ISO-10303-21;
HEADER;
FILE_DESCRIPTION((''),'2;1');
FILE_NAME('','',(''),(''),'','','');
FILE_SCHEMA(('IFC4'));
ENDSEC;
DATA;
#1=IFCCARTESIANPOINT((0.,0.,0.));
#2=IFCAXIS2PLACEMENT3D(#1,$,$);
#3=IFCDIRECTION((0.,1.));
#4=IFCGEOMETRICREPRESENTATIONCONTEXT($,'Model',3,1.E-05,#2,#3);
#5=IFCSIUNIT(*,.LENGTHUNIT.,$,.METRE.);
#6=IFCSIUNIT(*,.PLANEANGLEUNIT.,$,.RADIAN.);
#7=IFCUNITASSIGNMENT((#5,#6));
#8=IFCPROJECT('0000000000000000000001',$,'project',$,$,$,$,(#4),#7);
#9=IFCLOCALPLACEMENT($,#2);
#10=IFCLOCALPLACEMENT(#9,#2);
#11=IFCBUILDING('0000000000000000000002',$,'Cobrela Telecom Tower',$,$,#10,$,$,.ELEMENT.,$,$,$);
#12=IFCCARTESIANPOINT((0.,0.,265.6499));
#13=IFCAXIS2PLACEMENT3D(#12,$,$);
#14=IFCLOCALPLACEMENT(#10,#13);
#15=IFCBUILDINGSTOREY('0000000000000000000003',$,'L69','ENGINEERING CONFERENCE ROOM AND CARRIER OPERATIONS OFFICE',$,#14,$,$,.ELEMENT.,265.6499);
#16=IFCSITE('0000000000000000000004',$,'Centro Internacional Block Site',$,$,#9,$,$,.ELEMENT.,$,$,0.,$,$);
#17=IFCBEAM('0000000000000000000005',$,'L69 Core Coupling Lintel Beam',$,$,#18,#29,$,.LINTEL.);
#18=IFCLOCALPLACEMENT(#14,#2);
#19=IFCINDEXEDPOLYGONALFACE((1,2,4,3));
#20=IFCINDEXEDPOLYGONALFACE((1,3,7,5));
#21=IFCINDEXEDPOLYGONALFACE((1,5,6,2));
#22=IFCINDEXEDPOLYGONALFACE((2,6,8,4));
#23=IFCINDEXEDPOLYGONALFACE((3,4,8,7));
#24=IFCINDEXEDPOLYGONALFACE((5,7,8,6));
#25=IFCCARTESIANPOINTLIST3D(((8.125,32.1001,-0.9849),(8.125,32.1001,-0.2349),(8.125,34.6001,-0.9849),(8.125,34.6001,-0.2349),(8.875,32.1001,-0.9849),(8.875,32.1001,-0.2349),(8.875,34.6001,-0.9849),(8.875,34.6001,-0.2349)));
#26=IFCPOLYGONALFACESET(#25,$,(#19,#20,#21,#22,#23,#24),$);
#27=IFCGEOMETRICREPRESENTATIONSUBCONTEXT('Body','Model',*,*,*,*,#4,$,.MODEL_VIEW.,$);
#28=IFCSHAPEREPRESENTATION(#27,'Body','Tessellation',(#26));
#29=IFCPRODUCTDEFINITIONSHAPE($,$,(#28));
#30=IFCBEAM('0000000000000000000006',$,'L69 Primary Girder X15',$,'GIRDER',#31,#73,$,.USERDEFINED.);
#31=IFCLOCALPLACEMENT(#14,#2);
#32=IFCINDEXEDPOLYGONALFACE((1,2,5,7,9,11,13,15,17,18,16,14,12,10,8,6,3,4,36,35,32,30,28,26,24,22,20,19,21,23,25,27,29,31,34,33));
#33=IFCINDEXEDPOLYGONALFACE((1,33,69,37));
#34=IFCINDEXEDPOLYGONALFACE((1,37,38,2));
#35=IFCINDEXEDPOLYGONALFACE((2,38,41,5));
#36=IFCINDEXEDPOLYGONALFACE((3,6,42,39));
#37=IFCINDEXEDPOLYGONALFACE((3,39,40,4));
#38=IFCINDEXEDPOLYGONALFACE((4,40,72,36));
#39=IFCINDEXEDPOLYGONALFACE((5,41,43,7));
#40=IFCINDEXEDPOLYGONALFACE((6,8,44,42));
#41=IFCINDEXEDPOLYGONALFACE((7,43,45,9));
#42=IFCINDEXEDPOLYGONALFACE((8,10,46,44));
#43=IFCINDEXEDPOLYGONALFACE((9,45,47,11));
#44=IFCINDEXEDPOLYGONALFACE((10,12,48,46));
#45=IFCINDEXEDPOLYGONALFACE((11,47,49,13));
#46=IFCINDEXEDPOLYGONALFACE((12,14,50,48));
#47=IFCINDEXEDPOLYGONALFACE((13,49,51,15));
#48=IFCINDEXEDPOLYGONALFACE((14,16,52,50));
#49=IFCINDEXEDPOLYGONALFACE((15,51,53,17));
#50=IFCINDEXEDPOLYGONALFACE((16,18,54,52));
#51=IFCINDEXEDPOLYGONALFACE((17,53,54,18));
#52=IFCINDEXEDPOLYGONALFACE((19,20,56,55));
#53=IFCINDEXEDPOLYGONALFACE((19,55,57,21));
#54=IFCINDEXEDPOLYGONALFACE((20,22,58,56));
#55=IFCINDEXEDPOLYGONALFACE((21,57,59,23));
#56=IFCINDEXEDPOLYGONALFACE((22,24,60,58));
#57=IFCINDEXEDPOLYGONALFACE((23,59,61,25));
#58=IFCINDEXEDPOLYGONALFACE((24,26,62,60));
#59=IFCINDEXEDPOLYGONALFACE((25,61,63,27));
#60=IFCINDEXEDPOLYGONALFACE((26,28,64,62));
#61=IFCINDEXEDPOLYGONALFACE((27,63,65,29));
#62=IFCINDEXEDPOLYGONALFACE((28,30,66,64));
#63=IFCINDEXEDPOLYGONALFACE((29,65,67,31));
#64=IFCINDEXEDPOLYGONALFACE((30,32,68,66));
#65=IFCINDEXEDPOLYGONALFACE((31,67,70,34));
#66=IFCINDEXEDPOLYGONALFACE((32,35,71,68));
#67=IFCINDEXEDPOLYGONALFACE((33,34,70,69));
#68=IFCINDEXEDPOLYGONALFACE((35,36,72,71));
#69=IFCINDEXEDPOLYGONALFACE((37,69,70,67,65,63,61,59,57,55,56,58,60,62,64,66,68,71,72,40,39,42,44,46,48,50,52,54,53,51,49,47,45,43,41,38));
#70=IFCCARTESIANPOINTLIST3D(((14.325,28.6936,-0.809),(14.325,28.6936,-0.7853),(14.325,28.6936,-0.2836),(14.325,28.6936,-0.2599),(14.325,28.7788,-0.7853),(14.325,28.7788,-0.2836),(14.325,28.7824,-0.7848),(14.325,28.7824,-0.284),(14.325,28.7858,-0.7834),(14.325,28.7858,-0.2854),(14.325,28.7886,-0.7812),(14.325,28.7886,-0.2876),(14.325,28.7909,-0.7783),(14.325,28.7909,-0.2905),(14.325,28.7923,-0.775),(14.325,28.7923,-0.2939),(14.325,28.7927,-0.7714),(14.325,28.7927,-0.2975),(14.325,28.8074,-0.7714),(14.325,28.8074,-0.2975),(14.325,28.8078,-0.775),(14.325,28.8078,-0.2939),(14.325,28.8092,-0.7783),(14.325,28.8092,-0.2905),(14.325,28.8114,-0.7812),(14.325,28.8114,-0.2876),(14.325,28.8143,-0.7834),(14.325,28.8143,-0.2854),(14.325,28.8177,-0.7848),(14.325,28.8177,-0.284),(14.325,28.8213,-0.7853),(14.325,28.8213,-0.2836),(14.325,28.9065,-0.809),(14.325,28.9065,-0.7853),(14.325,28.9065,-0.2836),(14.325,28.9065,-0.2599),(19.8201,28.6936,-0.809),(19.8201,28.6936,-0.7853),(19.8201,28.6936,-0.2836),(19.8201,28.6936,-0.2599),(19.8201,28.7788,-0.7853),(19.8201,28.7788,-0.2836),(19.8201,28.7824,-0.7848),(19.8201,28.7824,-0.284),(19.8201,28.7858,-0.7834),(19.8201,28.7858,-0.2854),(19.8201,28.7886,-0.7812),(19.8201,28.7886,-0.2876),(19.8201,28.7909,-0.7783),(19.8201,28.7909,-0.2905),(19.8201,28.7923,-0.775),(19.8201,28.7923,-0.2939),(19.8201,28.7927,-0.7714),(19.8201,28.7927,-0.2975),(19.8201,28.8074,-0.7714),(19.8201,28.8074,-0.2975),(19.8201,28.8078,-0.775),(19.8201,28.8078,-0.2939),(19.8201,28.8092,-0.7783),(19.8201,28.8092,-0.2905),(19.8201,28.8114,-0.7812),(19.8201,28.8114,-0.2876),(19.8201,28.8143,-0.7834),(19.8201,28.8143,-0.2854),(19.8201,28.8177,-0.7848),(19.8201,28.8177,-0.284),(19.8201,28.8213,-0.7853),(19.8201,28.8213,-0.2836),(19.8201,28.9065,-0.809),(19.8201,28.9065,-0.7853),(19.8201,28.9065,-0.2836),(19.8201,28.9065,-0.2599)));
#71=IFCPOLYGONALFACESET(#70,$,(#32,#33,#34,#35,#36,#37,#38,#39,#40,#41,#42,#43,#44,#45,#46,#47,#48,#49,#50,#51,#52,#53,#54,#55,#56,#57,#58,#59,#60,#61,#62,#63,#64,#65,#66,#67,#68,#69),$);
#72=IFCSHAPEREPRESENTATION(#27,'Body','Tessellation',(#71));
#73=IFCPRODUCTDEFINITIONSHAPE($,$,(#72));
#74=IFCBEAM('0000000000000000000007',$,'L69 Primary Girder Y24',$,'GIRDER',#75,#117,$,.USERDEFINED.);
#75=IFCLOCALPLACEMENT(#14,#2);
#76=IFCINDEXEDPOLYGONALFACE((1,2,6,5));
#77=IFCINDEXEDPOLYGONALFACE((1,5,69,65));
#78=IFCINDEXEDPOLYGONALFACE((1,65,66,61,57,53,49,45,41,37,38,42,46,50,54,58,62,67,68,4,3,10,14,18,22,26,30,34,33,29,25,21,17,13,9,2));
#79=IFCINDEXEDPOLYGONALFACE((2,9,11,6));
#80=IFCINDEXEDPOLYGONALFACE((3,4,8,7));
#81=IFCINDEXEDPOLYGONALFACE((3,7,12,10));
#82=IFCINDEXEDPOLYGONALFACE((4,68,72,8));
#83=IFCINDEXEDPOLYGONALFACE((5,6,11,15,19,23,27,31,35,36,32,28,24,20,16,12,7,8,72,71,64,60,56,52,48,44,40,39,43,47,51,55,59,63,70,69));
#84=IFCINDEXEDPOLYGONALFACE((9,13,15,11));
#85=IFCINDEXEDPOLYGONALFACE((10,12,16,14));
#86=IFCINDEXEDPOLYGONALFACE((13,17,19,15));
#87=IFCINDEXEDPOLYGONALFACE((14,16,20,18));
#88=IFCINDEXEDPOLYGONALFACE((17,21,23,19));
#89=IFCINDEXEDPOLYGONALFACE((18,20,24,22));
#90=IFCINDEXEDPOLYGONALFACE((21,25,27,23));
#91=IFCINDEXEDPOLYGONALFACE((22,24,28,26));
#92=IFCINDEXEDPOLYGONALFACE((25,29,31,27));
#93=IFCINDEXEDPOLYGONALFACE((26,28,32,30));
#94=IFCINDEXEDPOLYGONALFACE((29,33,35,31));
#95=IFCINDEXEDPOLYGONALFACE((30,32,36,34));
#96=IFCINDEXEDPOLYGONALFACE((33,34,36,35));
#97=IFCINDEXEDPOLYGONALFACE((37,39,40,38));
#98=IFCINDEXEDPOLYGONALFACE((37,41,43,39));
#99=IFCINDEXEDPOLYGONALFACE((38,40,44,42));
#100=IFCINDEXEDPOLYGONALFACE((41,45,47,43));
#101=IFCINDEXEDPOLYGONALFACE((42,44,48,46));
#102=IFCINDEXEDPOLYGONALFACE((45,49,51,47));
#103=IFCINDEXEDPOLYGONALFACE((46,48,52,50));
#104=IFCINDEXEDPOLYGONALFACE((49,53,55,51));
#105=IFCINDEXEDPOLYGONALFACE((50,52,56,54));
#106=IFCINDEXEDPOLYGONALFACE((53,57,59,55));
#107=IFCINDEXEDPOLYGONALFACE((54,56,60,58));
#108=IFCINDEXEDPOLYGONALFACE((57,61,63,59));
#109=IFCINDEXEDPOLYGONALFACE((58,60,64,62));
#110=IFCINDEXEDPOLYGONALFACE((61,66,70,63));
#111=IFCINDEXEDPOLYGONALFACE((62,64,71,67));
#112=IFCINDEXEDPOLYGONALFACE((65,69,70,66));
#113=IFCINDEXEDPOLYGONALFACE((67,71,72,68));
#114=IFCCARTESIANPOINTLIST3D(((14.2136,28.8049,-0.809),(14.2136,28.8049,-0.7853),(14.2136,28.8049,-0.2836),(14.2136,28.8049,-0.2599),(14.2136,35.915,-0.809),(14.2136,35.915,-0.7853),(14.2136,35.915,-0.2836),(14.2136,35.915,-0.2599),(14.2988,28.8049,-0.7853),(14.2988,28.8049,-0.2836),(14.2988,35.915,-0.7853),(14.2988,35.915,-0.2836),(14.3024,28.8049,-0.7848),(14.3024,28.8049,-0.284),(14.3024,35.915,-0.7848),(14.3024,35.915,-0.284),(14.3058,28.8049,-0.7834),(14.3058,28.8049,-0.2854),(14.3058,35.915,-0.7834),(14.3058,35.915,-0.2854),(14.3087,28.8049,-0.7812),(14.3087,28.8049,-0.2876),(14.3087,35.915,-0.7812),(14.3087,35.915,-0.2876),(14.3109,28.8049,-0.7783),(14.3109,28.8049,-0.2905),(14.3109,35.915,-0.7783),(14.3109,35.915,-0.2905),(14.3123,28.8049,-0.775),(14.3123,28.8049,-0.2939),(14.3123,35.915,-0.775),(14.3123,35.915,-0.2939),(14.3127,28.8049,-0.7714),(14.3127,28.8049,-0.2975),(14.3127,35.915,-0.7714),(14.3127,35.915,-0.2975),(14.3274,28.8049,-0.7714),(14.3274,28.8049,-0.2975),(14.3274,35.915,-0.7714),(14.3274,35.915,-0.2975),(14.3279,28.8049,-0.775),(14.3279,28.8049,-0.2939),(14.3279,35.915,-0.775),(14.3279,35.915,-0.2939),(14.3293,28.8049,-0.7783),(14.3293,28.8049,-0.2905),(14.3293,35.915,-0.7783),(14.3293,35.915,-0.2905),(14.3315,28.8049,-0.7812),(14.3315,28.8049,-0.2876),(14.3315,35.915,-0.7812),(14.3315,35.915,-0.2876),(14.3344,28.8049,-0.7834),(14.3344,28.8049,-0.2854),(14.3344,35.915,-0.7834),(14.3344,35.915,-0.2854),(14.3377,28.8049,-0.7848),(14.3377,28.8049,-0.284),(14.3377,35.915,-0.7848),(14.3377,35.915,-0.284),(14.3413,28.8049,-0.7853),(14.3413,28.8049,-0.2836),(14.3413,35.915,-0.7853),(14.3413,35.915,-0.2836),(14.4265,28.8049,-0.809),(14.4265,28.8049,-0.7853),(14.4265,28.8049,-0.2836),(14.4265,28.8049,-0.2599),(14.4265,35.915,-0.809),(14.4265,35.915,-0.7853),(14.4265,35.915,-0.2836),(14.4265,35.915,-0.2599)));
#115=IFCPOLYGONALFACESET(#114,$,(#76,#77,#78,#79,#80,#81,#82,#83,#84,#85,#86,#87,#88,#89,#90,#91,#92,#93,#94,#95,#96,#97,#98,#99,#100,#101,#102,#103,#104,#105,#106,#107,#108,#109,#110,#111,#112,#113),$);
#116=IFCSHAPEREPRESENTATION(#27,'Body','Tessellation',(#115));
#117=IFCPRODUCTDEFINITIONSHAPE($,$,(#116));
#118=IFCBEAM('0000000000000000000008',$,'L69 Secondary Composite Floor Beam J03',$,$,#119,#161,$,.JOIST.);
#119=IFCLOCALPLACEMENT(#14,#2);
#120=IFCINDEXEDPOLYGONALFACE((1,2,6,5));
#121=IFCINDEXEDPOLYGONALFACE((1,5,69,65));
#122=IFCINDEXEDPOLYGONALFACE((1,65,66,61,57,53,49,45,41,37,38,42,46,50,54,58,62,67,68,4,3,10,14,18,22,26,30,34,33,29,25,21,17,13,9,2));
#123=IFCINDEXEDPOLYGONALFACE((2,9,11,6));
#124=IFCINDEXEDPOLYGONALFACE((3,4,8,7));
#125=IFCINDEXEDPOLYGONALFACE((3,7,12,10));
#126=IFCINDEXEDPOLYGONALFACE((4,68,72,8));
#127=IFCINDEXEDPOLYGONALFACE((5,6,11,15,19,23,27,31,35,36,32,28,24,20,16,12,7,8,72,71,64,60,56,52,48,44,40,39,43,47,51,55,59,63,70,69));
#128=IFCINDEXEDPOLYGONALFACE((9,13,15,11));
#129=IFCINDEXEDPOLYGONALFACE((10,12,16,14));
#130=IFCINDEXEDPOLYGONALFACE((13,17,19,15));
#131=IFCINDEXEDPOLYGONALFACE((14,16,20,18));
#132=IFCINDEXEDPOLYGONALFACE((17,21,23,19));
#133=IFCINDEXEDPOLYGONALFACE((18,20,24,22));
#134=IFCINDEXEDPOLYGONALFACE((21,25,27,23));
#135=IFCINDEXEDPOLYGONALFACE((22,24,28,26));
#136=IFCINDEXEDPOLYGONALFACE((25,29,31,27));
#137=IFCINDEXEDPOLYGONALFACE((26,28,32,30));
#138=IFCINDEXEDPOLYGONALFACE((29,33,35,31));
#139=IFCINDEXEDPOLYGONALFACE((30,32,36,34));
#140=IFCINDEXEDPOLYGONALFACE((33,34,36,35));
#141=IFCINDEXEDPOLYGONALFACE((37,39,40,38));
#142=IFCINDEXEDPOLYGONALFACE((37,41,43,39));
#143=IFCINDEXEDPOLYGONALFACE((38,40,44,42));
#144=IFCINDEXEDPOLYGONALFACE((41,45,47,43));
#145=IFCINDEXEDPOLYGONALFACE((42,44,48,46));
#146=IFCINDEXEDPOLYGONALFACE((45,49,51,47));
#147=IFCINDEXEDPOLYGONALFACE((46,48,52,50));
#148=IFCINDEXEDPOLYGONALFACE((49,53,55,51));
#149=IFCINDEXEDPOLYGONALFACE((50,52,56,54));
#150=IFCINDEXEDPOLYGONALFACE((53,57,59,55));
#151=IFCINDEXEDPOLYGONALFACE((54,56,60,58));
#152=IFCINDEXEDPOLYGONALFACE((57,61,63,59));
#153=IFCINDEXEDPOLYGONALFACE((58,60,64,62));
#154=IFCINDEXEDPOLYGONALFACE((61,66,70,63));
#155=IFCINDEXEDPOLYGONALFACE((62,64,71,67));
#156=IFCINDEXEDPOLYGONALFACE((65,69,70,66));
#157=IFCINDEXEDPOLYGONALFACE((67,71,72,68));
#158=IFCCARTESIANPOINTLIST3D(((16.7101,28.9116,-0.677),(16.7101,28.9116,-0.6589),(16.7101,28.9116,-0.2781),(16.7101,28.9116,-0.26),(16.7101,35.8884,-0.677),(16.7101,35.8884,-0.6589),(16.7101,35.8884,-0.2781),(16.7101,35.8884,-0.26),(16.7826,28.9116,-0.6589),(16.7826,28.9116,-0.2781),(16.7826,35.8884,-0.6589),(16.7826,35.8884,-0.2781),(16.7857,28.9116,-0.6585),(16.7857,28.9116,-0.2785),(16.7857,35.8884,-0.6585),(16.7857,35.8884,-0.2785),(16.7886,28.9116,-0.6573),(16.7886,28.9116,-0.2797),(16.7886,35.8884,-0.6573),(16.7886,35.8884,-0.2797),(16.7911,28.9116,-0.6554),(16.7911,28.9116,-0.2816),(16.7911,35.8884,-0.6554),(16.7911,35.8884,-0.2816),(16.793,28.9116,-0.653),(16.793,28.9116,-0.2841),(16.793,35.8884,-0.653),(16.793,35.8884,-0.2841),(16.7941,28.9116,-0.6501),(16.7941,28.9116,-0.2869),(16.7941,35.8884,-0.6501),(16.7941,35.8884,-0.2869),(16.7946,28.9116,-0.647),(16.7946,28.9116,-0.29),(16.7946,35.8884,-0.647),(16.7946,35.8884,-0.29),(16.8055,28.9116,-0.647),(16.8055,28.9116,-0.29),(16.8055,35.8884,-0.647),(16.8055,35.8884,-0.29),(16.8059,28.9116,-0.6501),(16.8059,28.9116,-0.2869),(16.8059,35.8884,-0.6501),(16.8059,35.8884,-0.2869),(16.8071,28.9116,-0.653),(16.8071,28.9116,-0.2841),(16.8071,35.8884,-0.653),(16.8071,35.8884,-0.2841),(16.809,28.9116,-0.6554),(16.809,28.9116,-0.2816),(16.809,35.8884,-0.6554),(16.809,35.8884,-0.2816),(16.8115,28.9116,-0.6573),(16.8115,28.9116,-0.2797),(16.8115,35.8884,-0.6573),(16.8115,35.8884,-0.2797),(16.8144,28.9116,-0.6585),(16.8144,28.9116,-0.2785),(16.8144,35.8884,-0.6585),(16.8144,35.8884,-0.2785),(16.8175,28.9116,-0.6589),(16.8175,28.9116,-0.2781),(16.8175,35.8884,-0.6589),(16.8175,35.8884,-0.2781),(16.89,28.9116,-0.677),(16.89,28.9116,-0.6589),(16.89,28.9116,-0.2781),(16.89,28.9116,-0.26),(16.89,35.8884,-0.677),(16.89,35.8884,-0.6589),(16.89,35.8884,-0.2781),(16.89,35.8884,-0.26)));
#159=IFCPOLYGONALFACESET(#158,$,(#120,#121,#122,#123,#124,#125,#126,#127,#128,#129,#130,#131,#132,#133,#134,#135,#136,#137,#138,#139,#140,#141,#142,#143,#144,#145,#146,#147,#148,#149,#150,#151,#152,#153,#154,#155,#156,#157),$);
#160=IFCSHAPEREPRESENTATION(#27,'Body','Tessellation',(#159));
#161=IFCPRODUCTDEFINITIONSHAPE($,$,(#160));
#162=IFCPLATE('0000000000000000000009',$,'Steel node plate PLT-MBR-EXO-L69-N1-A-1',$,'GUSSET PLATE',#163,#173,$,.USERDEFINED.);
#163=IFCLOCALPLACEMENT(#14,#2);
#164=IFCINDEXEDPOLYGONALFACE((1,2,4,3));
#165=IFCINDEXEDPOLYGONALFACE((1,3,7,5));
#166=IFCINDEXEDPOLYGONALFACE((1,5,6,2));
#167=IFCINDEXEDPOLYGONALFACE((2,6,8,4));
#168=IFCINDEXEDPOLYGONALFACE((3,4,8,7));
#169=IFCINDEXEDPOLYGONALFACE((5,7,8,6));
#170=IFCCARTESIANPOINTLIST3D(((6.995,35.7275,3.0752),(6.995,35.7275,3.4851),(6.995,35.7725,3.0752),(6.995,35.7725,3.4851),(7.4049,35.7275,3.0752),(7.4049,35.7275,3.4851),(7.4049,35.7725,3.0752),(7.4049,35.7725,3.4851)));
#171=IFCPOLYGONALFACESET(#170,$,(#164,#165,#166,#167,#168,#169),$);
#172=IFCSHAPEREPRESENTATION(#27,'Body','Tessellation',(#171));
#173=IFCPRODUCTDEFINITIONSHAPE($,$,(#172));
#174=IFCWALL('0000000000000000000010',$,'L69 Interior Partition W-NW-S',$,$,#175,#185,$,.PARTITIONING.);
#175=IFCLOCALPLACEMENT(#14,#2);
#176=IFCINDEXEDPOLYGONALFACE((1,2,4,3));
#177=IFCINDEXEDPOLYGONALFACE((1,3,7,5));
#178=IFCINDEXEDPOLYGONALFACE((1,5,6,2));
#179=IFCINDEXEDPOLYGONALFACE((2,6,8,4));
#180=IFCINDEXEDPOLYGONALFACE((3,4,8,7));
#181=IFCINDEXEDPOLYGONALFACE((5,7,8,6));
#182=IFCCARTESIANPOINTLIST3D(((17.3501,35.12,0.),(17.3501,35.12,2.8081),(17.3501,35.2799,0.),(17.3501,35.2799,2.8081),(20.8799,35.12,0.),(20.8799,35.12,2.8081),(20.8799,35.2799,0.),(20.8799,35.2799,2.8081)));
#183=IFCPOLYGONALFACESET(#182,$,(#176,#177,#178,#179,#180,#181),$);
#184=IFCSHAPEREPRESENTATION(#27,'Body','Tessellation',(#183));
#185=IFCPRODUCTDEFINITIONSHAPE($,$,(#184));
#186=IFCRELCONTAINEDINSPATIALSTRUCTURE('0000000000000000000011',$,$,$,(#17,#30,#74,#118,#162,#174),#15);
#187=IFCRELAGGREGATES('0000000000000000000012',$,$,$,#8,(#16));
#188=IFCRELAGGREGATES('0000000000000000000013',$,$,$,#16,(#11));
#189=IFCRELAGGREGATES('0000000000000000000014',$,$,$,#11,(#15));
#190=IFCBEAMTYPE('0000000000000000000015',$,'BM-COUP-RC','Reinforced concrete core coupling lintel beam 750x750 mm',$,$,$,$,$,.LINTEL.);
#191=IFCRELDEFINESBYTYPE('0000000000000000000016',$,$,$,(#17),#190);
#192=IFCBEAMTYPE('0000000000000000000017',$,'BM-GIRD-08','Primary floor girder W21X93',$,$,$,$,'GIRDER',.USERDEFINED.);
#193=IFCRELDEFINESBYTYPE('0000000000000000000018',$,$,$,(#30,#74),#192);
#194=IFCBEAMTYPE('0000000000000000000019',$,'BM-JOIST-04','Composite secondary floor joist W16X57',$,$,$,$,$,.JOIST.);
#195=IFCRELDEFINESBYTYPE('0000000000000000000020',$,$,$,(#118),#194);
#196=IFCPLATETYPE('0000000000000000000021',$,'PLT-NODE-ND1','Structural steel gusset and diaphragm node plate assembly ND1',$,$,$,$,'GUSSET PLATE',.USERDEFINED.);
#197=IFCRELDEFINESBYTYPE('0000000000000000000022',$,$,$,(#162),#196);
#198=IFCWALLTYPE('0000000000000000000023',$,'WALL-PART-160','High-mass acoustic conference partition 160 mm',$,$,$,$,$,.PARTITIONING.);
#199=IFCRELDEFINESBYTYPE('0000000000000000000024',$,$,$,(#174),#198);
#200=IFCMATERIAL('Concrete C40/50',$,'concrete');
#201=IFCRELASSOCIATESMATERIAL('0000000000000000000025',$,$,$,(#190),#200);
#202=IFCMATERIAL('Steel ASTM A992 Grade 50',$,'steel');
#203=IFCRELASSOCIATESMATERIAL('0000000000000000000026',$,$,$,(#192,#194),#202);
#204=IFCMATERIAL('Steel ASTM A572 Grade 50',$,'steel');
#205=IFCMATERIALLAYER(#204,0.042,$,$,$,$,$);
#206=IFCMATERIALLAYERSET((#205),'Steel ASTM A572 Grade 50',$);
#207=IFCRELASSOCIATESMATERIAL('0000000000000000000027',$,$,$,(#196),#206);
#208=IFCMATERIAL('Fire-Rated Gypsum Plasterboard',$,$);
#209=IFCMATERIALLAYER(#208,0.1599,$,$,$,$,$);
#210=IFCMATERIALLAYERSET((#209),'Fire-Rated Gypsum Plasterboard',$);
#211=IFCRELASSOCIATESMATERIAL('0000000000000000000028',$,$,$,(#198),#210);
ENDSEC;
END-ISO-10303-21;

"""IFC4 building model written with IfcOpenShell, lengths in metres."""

from ifc_helpers import new_model, si_unit, direction, frame, frame_2d, origin, origin_2d, place, context, subcontext, project, spatial, rectangle, i_section, extrude, material, layer, layer_set, material_profile, profile_set, type_object, element, save


model = new_model("IFC4")

# Units and contexts
model_context = context("Model", 3, precision=1e-05, world=origin(), true_north=direction((0.0, 1.0)))
body_context = subcontext(model_context, "Body", "Model", "MODEL_VIEW")
ifc_project = project(units=[si_unit("LENGTHUNIT", "METRE"), si_unit("PLANEANGLEUNIT", "RADIAN")], contexts=[model_context])

# Site, building, storey
site_placement = place(None, origin())
site = spatial("IfcSite", under=ifc_project, at=site_placement, Name="Centro Internacional Block Site", CompositionType="ELEMENT", RefElevation=0.0)
building_placement = place(site_placement, origin())
building = spatial("IfcBuilding", under=site, at=building_placement, Name="Cobrela Telecom Tower", CompositionType="ELEMENT")
storey_placement = place(building_placement, frame((0.0, 0.0, 265.6499)))
storey = spatial("IfcBuildingStorey", under=building, at=storey_placement, Name="L69", Description="ENGINEERING CONFERENCE ROOM AND CARRIER OPERATIONS OFFICE", CompositionType="ELEMENT", Elevation=265.6499)

# Beams
ifc_material_1 = material(Name="Concrete C40/50", Category="concrete")
ifc_material_profile_1 = material_profile(ifc_material_1, rectangle(XDim=0.75, YDim=0.75, at=origin_2d()), Name="RC 750x750")
ifc_profile_set_1 = profile_set([ifc_material_profile_1], Name="Concrete C40/50")
beam_type_1 = type_object("IfcBeamType", Name="BM-COUP-RC", Description="Reinforced concrete core coupling lintel beam 750x750 mm", PredefinedType="LINTEL", material=ifc_profile_set_1)
beam_1_placement = place(storey_placement, frame((8.5, 32.1001, -0.6099), z_axis=(0.0, 1.0, 0.0), x_axis=(-1.0, 0.0, 0.0)))
element("IfcBeam", 1, at=beam_1_placement, inside=storey, type_object=beam_type_1, Name="L69 Core Coupling Lintel Beam", PredefinedType="LINTEL", context=body_context, shape_type="SweptSolid", body=[
    extrude(rectangle(XDim=0.75, YDim=0.75, at=origin_2d()), origin(), (0.0, 0.0, 1.0), 2.5),
])
ifc_material_2 = material(Name="Steel ASTM A992 Grade 50", Category="steel")
ifc_material_profile_2 = material_profile(ifc_material_2, i_section(OverallWidth=0.2129, OverallDepth=0.5491, WebThickness=0.0146, FlangeThickness=0.0237, FilletRadius=0.0139, at=origin_2d()), Name="W21X93")
ifc_profile_set_2 = profile_set([ifc_material_profile_2], Name="Steel ASTM A992 Grade 50")
beam_type_2 = type_object("IfcBeamType", Name="BM-GIRD-08", Description="Primary floor girder W21X93", ElementType="GIRDER", PredefinedType="USERDEFINED", material=ifc_profile_set_2)
beam_2_placement = place(storey_placement, frame((14.325, 28.8, -0.5344), z_axis=(1.0, 0.0, 0.0), x_axis=(0.0, 1.0, 0.0)))
element("IfcBeam", 2, at=beam_2_placement, inside=storey, type_object=beam_type_2, Name="L69 Primary Girder X15", ObjectType="GIRDER", PredefinedType="USERDEFINED", context=body_context, shape_type="SweptSolid", body=[
    extrude(i_section(OverallWidth=0.2129, OverallDepth=0.5491, WebThickness=0.0146, FlangeThickness=0.0237, FilletRadius=0.0139, at=origin_2d()), origin(), (0.0, 0.0, 1.0), 5.4951),
])
beam_3_placement = place(storey_placement, frame((14.3201, 28.8049, -0.5344), z_axis=(0.0, 1.0, 0.0), x_axis=(-1.0, 0.0, 0.0)))
element("IfcBeam", 3, at=beam_3_placement, inside=storey, type_object=beam_type_2, Name="L69 Primary Girder Y24", ObjectType="GIRDER", PredefinedType="USERDEFINED", context=body_context, shape_type="SweptSolid", body=[
    extrude(i_section(OverallWidth=0.2129, OverallDepth=0.5491, WebThickness=0.0146, FlangeThickness=0.0237, FilletRadius=0.0139, at=origin_2d()), origin(), (0.0, 0.0, 1.0), 7.1101),
])
ifc_material_profile_3 = material_profile(ifc_material_2, i_section(OverallWidth=0.1799, OverallDepth=0.417, WebThickness=0.011, FlangeThickness=0.0181, FilletRadius=0.012, at=origin_2d()), Name="W16X57")
ifc_profile_set_3 = profile_set([ifc_material_profile_3], Name="Steel ASTM A992 Grade 50")
beam_type_3 = type_object("IfcBeamType", Name="BM-JOIST-04", Description="Composite secondary floor joist W16X57", PredefinedType="JOIST", material=ifc_profile_set_3)
beam_4_placement = place(storey_placement, frame((16.8, 28.9116, -0.4685), z_axis=(0.0, 1.0, 0.0), x_axis=(-1.0, 0.0, 0.0)))
element("IfcBeam", 4, at=beam_4_placement, inside=storey, type_object=beam_type_3, Name="L69 Secondary Composite Floor Beam J03", PredefinedType="JOIST", context=body_context, shape_type="SweptSolid", body=[
    extrude(i_section(OverallWidth=0.1799, OverallDepth=0.417, WebThickness=0.011, FlangeThickness=0.0181, FilletRadius=0.012, at=origin_2d()), origin(), (0.0, 0.0, 1.0), 6.9768),
])

# Plate
ifc_material_3 = material(Name="Steel ASTM A572 Grade 50", Category="steel")
ifc_layer_1 = layer(ifc_material_3, 0.042)
ifc_layer_set_1 = layer_set([ifc_layer_1], Name="Steel ASTM A572 Grade 50")
plate_type = type_object("IfcPlateType", Name="PLT-NODE-ND1", Description="Structural steel gusset and diaphragm node plate assembly ND1", ElementType="GUSSET PLATE", PredefinedType="USERDEFINED", material=ifc_layer_set_1)
plate_placement = place(storey_placement, frame((7.2, 35.75, 3.0752), z_axis=(0.0, 0.0, 1.0), x_axis=(1.0, 0.0, 0.0)))
element("IfcPlate", 5, at=plate_placement, inside=storey, type_object=plate_type, Name="Steel node plate PLT-MBR-EXO-L69-N1-A-1", ObjectType="GUSSET PLATE", PredefinedType="USERDEFINED", context=body_context, shape_type="SweptSolid", body=[
    extrude(rectangle(XDim=0.4099, YDim=0.0449, at=origin_2d()), origin(), (0.0, 0.0, 1.0), 0.4099),
])

# Shared definitions
ifc_material_4 = material(Name="Fire-Rated Gypsum Plasterboard")

# Wall
ifc_layer_2 = layer(ifc_material_4, 0.1599)
ifc_layer_set_2 = layer_set([ifc_layer_2], Name="Fire-Rated Gypsum Plasterboard")
wall_type_1 = type_object("IfcWallType", Name="WALL-PART-160", Description="High-mass acoustic conference partition 160 mm", PredefinedType="PARTITIONING", material=ifc_layer_set_2)
wall_1_placement = place(storey_placement, frame((17.3501, 35.2, 0.0), z_axis=(0.0, 0.0, 1.0), x_axis=(1.0, 0.0, 0.0)))
element("IfcWall", 6, at=wall_1_placement, inside=storey, type_object=wall_type_1, Name="L69 Interior Partition W-NW-S", PredefinedType="PARTITIONING", context=body_context, shape_type="SweptSolid", body=[
    extrude(rectangle(XDim=3.5298, YDim=0.1599, at=frame_2d((1.7649, 0.0))), origin(), (0.0, 0.0, 1.0), 2.8081),
])

save(model, "model.ifc")
